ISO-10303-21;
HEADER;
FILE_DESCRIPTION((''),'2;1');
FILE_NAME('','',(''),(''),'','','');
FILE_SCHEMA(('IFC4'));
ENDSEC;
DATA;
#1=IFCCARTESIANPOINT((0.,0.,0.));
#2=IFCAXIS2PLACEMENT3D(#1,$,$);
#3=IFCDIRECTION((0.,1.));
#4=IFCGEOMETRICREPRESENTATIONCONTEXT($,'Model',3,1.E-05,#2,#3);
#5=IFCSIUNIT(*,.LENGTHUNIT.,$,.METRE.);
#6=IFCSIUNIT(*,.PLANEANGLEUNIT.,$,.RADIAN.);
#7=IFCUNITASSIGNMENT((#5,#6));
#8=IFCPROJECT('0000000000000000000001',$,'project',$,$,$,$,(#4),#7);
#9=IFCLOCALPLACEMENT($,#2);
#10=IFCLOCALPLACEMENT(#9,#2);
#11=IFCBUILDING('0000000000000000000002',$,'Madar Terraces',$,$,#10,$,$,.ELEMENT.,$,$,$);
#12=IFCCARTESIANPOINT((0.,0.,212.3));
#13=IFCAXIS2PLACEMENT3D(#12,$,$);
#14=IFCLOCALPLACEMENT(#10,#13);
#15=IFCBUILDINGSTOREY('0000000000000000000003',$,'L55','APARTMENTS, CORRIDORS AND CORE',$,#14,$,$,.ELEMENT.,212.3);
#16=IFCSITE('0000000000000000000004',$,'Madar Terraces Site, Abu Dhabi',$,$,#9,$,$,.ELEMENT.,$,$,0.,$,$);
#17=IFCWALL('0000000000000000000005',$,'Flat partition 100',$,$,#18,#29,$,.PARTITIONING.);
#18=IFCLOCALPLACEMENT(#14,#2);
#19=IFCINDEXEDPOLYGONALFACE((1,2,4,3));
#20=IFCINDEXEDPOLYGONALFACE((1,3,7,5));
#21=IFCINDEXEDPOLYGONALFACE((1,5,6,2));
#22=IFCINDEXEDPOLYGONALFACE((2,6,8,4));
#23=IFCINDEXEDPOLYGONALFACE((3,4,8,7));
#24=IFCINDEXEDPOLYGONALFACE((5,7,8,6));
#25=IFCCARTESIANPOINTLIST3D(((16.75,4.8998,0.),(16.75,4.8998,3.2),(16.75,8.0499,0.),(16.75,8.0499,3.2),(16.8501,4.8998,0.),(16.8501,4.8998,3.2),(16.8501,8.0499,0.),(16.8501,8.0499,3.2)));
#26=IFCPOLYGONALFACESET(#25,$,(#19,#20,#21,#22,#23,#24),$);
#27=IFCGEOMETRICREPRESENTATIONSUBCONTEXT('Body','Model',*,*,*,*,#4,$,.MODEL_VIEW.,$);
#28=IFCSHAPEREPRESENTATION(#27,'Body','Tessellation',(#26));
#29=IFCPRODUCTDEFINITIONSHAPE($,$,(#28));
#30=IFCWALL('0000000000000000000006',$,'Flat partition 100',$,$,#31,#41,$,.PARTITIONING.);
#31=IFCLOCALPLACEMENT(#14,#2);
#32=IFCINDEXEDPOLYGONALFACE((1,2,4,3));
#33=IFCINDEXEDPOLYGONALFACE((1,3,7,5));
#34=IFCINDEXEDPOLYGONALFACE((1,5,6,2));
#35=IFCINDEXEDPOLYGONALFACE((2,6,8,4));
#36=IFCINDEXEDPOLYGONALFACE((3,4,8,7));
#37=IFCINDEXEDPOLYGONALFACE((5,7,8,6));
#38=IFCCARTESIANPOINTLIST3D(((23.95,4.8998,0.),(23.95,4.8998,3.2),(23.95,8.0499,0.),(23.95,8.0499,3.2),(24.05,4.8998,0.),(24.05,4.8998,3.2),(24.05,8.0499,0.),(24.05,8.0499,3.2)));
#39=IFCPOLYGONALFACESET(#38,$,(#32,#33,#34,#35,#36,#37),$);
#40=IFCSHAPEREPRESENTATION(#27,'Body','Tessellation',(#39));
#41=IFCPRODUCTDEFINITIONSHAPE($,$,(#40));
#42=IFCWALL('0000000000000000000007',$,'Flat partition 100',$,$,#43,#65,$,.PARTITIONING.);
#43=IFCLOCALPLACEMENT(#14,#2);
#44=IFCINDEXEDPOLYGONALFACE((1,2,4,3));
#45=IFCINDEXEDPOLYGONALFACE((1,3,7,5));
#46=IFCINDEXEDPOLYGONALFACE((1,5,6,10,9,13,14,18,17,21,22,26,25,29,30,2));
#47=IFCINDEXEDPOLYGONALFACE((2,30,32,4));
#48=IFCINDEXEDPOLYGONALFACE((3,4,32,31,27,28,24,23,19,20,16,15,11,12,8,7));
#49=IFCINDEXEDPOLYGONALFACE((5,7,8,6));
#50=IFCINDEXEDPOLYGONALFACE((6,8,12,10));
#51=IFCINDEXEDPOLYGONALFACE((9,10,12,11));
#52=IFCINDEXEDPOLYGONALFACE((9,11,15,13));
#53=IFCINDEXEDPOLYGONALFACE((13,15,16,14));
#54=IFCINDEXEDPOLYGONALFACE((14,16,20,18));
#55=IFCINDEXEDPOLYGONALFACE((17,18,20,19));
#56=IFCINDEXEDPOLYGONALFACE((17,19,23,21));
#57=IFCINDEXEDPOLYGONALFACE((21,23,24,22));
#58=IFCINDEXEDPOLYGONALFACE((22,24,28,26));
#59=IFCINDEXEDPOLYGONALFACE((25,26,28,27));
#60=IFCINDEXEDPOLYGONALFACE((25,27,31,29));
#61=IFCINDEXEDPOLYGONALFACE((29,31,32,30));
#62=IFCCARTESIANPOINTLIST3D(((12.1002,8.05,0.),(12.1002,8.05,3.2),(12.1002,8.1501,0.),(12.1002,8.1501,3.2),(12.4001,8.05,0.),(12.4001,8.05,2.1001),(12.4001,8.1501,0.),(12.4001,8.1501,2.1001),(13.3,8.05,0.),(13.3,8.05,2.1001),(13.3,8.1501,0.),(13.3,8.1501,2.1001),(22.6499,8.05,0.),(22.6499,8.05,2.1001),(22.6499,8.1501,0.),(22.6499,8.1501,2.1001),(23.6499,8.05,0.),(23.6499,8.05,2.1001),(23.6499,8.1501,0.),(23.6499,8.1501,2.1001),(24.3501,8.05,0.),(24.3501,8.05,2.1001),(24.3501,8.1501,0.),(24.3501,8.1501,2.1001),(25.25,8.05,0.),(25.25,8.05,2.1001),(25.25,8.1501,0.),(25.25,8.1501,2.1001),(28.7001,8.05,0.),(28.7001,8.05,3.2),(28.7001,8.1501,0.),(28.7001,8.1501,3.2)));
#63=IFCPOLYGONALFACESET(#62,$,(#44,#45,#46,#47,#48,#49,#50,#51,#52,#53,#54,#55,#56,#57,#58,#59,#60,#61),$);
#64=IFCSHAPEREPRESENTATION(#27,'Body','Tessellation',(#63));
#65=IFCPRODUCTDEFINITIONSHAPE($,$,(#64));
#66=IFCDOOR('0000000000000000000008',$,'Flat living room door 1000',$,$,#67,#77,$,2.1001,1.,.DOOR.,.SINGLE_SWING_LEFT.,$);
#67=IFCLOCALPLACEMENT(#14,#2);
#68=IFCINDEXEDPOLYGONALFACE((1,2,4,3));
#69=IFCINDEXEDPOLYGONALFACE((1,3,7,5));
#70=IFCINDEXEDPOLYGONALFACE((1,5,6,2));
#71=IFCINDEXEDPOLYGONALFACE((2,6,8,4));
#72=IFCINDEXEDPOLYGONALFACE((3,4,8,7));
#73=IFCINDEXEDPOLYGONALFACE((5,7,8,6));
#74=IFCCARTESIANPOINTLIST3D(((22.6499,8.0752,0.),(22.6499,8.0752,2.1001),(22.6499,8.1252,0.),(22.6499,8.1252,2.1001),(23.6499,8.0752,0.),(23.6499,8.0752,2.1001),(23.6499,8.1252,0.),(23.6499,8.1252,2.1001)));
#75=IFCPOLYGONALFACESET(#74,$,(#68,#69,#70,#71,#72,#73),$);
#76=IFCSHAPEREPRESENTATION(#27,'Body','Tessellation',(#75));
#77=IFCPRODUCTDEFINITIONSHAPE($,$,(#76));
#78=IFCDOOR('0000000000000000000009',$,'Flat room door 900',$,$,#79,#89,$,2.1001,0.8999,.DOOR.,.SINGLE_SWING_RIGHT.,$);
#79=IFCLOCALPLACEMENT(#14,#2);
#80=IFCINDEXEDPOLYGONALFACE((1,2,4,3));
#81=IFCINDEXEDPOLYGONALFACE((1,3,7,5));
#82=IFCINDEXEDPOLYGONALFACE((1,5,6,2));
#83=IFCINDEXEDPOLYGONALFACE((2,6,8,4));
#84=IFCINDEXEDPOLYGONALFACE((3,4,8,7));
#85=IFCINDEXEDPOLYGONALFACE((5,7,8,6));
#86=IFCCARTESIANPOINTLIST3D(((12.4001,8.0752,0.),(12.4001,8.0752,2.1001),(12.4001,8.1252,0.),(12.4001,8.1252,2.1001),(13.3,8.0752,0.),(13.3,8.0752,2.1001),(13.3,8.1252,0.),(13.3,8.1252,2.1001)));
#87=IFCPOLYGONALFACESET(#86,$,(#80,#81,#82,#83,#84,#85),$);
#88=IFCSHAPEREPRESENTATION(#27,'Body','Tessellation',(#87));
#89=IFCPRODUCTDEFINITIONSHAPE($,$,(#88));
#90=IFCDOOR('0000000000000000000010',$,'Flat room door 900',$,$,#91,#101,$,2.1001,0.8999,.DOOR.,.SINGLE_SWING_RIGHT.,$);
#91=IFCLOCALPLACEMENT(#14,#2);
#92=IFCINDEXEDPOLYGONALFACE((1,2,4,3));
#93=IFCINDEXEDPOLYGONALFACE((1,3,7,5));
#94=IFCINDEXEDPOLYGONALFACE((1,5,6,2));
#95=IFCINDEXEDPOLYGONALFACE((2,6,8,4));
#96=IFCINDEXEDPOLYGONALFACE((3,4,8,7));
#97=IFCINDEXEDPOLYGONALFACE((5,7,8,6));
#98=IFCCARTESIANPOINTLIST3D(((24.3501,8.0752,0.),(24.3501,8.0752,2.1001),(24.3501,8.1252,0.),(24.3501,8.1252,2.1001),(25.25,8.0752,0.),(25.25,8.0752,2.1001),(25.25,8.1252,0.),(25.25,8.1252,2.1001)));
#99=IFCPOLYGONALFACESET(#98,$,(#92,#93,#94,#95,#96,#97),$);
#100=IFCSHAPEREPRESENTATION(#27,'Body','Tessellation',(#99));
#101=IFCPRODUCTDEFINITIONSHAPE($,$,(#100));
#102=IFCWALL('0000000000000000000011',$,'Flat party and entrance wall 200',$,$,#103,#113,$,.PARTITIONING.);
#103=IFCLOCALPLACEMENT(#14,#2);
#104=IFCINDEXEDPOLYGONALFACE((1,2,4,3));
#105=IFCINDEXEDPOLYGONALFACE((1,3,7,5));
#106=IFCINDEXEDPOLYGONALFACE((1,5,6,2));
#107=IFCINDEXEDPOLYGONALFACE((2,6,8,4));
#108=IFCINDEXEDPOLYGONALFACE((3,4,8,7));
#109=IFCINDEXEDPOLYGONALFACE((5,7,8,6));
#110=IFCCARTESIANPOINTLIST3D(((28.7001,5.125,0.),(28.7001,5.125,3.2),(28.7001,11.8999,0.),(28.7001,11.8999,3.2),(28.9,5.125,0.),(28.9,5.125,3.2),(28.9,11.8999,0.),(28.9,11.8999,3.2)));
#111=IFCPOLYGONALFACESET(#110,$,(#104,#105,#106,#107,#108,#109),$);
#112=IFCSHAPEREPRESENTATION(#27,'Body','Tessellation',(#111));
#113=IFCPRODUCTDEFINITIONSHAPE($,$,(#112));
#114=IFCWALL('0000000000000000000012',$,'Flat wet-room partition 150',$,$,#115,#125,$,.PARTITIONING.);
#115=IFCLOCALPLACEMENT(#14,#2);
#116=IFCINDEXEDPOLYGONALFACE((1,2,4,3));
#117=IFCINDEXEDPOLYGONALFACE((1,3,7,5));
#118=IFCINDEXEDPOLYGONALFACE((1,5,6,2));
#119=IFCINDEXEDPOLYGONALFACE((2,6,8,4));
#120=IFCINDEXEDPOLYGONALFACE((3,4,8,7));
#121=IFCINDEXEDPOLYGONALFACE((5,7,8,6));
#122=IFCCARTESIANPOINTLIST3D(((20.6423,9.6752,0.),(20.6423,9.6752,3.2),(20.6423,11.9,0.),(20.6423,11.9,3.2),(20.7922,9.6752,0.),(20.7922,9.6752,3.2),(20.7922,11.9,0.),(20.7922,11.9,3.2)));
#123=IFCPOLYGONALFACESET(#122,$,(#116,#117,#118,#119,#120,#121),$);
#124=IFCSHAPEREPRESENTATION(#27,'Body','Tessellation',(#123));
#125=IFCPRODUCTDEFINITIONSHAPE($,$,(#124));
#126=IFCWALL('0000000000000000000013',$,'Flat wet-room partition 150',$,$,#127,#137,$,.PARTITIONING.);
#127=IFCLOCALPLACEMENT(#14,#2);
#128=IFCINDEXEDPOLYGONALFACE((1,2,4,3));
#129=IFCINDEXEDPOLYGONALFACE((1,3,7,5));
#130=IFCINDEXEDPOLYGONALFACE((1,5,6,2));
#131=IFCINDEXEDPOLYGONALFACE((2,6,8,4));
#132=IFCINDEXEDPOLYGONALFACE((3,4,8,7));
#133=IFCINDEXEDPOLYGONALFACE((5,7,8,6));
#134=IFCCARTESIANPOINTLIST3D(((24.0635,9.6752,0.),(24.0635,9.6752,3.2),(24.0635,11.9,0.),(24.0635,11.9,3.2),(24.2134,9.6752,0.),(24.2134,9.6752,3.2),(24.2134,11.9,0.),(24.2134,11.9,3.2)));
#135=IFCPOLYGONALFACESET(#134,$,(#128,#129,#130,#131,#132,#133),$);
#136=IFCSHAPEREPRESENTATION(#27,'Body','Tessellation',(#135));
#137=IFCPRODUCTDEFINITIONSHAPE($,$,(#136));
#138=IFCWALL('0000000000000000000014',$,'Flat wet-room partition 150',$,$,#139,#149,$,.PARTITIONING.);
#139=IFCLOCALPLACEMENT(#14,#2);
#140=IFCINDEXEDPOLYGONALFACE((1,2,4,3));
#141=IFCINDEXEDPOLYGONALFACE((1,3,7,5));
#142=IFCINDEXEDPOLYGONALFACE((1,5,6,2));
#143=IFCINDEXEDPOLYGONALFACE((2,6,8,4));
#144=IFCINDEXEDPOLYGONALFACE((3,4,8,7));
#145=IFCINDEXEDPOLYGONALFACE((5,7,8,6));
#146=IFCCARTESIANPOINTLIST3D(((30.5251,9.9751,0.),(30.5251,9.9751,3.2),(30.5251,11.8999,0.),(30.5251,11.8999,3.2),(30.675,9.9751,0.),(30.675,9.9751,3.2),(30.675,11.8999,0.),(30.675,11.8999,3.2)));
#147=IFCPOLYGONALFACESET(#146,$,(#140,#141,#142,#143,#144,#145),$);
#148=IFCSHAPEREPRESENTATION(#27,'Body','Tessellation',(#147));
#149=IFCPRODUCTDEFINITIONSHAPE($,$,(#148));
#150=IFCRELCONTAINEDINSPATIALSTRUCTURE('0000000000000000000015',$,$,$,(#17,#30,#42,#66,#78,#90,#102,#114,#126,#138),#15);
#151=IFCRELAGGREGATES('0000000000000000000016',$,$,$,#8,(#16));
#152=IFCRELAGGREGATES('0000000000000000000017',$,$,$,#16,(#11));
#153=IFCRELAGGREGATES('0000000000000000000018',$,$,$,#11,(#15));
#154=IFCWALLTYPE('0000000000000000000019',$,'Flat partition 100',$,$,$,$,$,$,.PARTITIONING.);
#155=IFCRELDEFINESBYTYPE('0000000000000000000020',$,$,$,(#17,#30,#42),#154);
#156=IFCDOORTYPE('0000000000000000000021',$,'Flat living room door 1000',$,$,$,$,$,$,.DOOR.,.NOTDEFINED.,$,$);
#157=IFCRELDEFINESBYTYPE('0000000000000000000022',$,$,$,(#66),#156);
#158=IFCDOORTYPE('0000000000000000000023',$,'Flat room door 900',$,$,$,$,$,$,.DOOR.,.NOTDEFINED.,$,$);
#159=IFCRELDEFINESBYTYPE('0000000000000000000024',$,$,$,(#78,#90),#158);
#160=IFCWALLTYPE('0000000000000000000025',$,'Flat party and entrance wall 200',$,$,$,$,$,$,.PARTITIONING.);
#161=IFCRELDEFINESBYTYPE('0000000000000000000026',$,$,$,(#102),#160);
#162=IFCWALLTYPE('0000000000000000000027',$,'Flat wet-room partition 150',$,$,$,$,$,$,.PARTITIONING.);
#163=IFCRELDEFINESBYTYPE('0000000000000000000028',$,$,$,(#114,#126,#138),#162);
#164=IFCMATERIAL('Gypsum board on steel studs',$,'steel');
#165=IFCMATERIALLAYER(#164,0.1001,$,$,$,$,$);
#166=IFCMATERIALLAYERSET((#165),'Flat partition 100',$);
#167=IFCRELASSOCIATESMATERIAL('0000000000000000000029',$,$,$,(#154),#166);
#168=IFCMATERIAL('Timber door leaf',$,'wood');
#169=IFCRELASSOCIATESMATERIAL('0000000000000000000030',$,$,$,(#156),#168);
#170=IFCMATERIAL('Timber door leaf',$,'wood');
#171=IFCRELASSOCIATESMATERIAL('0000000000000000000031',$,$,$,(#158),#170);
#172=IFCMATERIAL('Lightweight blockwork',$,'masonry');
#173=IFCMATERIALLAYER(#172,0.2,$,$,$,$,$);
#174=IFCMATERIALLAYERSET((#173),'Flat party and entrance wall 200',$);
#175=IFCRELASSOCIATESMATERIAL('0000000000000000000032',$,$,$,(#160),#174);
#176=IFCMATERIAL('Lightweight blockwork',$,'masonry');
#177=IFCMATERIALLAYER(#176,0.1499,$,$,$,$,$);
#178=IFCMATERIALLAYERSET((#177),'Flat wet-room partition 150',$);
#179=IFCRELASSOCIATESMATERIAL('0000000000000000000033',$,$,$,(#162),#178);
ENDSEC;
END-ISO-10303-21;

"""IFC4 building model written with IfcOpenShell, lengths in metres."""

from ifc_helpers import new_model, si_unit, direction, frame, frame_2d, origin, place, context, subcontext, project, spatial, rectangle, extrude, material, layer, layer_set, type_object, element, fill, save


model = new_model("IFC4")

# Units and contexts
model_context = context("Model", 3, precision=1e-05, world=origin(), true_north=direction((0.0, 1.0)))
body_context = subcontext(model_context, "Body", "Model", "MODEL_VIEW")
ifc_project = project(units=[si_unit("LENGTHUNIT", "METRE"), si_unit("PLANEANGLEUNIT", "RADIAN")], contexts=[model_context])

# Site, building, storey
site_placement = place(None, origin())
site = spatial("IfcSite", under=ifc_project, at=site_placement, Name="Madar Terraces Site, Abu Dhabi", CompositionType="ELEMENT", RefElevation=0.0)
building_placement = place(site_placement, origin())
building = spatial("IfcBuilding", under=site, at=building_placement, Name="Madar Terraces", CompositionType="ELEMENT")
storey_placement = place(building_placement, frame((0.0, 0.0, 212.3)))
storey = spatial("IfcBuildingStorey", under=building, at=storey_placement, Name="L55", Description="APARTMENTS, CORRIDORS AND CORE", CompositionType="ELEMENT", Elevation=212.3)

# Walls
ifc_material_1 = material(Name="Gypsum board on steel studs", Category="steel")
ifc_layer_1 = layer(ifc_material_1, 0.1001)
ifc_layer_set_1 = layer_set([ifc_layer_1], Name="Flat partition 100")
wall_type_1 = type_object("IfcWallType", Name="Flat partition 100", PredefinedType="PARTITIONING", material=ifc_layer_set_1)
for number, where, z_axis, x_axis, name in (
    (1, (16.8, 8.05, 0.0), (0.0, 0.0, 1.0), (0.0, -1.0, 0.0), "Flat partition 100"),
    (2, (24.0, 8.05, 0.0), (0.0, 0.0, 1.0), (0.0, -1.0, 0.0), "Flat partition 100"),
):
    element("IfcWall", number, at=place(storey_placement, frame(where, z_axis=z_axis, x_axis=x_axis)), inside=storey, type_object=wall_type_1, Name=name, PredefinedType="PARTITIONING", context=body_context, shape_type="SweptSolid", body=[
        extrude(rectangle(XDim=3.1501, YDim=0.1001, at=frame_2d((1.5752, 0.0))), origin(), (0.0, 0.0, 1.0), 3.2),
    ])

# Wall, openings, doors
wall_1_placement = place(storey_placement, frame((28.7, 8.1001, 0.0), z_axis=(0.0, 0.0, 1.0), x_axis=(-1.0, 0.0, 0.0)))
wall_1 = element("IfcWall", 3, at=wall_1_placement, inside=storey, type_object=wall_type_1, Name="Flat partition 100", PredefinedType="PARTITIONING", context=body_context, shape_type="SweptSolid", body=[
    extrude(rectangle(XDim=16.5999, YDim=0.1001, at=frame_2d((8.2998, 0.0))), origin(), (0.0, 0.0, 1.0), 3.2),
])
opening_1_placement = place(wall_1_placement, frame((15.3999, 0.0, 0.0)))
opening_1 = element("IfcOpeningElement", 4, at=opening_1_placement, cuts=wall_1, PredefinedType="OPENING", context=body_context, shape_type="SweptSolid", body=[
    extrude(rectangle(XDim=0.8999, YDim=2.1001, at=frame_2d((0.45, 1.05))), frame((0.0, 0.0601, 0.0), z_axis=(0.0, -1.0, 0.0), x_axis=(1.0, 0.0, 0.0)), (0.0, 0.0, 1.0), 0.1201),
])
opening_2_placement = place(wall_1_placement, frame((5.05, 0.0, 0.0)))
opening_2 = element("IfcOpeningElement", 5, at=opening_2_placement, cuts=wall_1, PredefinedType="OPENING", context=body_context, shape_type="SweptSolid", body=[
    extrude(rectangle(XDim=1.0, YDim=2.1001, at=frame_2d((0.5, 1.05))), frame((0.0, 0.0601, 0.0), z_axis=(0.0, -1.0, 0.0), x_axis=(1.0, 0.0, 0.0)), (0.0, 0.0, 1.0), 0.1201),
])
opening_3_placement = place(wall_1_placement, frame((3.45, 0.0, 0.0)))
opening_3 = element("IfcOpeningElement", 6, at=opening_3_placement, cuts=wall_1, PredefinedType="OPENING", context=body_context, shape_type="SweptSolid", body=[
    extrude(rectangle(XDim=0.8999, YDim=2.1001, at=frame_2d((0.45, 1.05))), frame((0.0, 0.0601, 0.0), z_axis=(0.0, -1.0, 0.0), x_axis=(1.0, 0.0, 0.0)), (0.0, 0.0, 1.0), 0.1201),
])
ifc_material_2 = material(Name="Timber door leaf", Category="wood")
door_type_1 = type_object("IfcDoorType", Name="Flat living room door 1000", OperationType="NOTDEFINED", PredefinedType="DOOR", material=ifc_material_2)
door_1_placement = place(opening_2_placement, origin())
door_1 = element("IfcDoor", 7, at=door_1_placement, inside=storey, type_object=door_type_1, Name="Flat living room door 1000", OperationType="SINGLE_SWING_LEFT", OverallHeight=2.1001, OverallWidth=1.0, PredefinedType="DOOR", context=body_context, shape_type="SweptSolid", body=[
    extrude(rectangle(XDim=1.0, YDim=2.1001, at=frame_2d((0.5, 1.05))), frame((0.0, 0.0249, 0.0), z_axis=(0.0, -1.0, 0.0), x_axis=(1.0, 0.0, 0.0)), (0.0, 0.0, 1.0), 0.05),
])
fill(opening_2, door_1)
ifc_material_3 = material(Name="Timber door leaf", Category="wood")
door_type_2 = type_object("IfcDoorType", Name="Flat room door 900", OperationType="NOTDEFINED", PredefinedType="DOOR", material=ifc_material_3)
door_2_placement = place(opening_1_placement, origin())
door_2 = element("IfcDoor", 8, at=door_2_placement, inside=storey, type_object=door_type_2, Name="Flat room door 900", OperationType="SINGLE_SWING_RIGHT", OverallHeight=2.1001, OverallWidth=0.8999, PredefinedType="DOOR", context=body_context, shape_type="SweptSolid", body=[
    extrude(rectangle(XDim=0.8999, YDim=2.1001, at=frame_2d((0.45, 1.05))), frame((0.0, 0.0249, 0.0), z_axis=(0.0, -1.0, 0.0), x_axis=(1.0, 0.0, 0.0)), (0.0, 0.0, 1.0), 0.05),
])
fill(opening_1, door_2)
door_3_placement = place(opening_3_placement, origin())
door_3 = element("IfcDoor", 9, at=door_3_placement, inside=storey, type_object=door_type_2, Name="Flat room door 900", OperationType="SINGLE_SWING_RIGHT", OverallHeight=2.1001, OverallWidth=0.8999, PredefinedType="DOOR", context=body_context, shape_type="SweptSolid", body=[
    extrude(rectangle(XDim=0.8999, YDim=2.1001, at=frame_2d((0.45, 1.05))), frame((0.0, 0.0249, 0.0), z_axis=(0.0, -1.0, 0.0), x_axis=(1.0, 0.0, 0.0)), (0.0, 0.0, 1.0), 0.05),
])
fill(opening_3, door_3)

# Walls
ifc_material_4 = material(Name="Lightweight blockwork", Category="masonry")
ifc_layer_2 = layer(ifc_material_4, 0.2)
ifc_layer_set_2 = layer_set([ifc_layer_2], Name="Flat party and entrance wall 200")
wall_type_2 = type_object("IfcWallType", Name="Flat party and entrance wall 200", PredefinedType="PARTITIONING", material=ifc_layer_set_2)
wall_2_placement = place(storey_placement, frame((28.8, 11.8999, 0.0), z_axis=(0.0, 0.0, 1.0), x_axis=(0.0, -1.0, 0.0)))
element("IfcWall", 10, at=wall_2_placement, inside=storey, type_object=wall_type_2, Name="Flat party and entrance wall 200", PredefinedType="PARTITIONING", context=body_context, shape_type="SweptSolid", body=[
    extrude(rectangle(XDim=6.7749, YDim=0.2, at=frame_2d((3.3875, 0.0))), origin(), (0.0, 0.0, 1.0), 3.2),
])
ifc_material_5 = material(Name="Lightweight blockwork", Category="masonry")
ifc_layer_3 = layer(ifc_material_5, 0.1499)
ifc_layer_set_3 = layer_set([ifc_layer_3], Name="Flat wet-room partition 150")
wall_type_3 = type_object("IfcWallType", Name="Flat wet-room partition 150", PredefinedType="PARTITIONING", material=ifc_layer_set_3)
for number, where, z_axis, x_axis, name in (
    (11, (20.7173, 11.8999, 0.0), (0.0, 0.0, 1.0), (0.0, -1.0, 0.0), "Flat wet-room partition 150"),
    (12, (24.1384, 11.8999, 0.0), (0.0, 0.0, 1.0), (0.0, -1.0, 0.0), "Flat wet-room partition 150"),
):
    element("IfcWall", number, at=place(storey_placement, frame(where, z_axis=z_axis, x_axis=x_axis)), inside=storey, type_object=wall_type_3, Name=name, PredefinedType="PARTITIONING", context=body_context, shape_type="SweptSolid", body=[
        extrude(rectangle(XDim=2.2249, YDim=0.1499, at=frame_2d((1.1123, 0.0))), origin(), (0.0, 0.0, 1.0), 3.2),
    ])
wall_3_placement = place(storey_placement, frame((30.6001, 11.8999, 0.0), z_axis=(0.0, 0.0, 1.0), x_axis=(0.0, -1.0, 0.0)))
element("IfcWall", 13, at=wall_3_placement, inside=storey, type_object=wall_type_3, Name="Flat wet-room partition 150", PredefinedType="PARTITIONING", context=body_context, shape_type="SweptSolid", body=[
    extrude(rectangle(XDim=1.9248, YDim=0.1499, at=frame_2d((0.9624, 0.0))), origin(), (0.0, 0.0, 1.0), 3.2),
])

save(model, "model.ifc")
